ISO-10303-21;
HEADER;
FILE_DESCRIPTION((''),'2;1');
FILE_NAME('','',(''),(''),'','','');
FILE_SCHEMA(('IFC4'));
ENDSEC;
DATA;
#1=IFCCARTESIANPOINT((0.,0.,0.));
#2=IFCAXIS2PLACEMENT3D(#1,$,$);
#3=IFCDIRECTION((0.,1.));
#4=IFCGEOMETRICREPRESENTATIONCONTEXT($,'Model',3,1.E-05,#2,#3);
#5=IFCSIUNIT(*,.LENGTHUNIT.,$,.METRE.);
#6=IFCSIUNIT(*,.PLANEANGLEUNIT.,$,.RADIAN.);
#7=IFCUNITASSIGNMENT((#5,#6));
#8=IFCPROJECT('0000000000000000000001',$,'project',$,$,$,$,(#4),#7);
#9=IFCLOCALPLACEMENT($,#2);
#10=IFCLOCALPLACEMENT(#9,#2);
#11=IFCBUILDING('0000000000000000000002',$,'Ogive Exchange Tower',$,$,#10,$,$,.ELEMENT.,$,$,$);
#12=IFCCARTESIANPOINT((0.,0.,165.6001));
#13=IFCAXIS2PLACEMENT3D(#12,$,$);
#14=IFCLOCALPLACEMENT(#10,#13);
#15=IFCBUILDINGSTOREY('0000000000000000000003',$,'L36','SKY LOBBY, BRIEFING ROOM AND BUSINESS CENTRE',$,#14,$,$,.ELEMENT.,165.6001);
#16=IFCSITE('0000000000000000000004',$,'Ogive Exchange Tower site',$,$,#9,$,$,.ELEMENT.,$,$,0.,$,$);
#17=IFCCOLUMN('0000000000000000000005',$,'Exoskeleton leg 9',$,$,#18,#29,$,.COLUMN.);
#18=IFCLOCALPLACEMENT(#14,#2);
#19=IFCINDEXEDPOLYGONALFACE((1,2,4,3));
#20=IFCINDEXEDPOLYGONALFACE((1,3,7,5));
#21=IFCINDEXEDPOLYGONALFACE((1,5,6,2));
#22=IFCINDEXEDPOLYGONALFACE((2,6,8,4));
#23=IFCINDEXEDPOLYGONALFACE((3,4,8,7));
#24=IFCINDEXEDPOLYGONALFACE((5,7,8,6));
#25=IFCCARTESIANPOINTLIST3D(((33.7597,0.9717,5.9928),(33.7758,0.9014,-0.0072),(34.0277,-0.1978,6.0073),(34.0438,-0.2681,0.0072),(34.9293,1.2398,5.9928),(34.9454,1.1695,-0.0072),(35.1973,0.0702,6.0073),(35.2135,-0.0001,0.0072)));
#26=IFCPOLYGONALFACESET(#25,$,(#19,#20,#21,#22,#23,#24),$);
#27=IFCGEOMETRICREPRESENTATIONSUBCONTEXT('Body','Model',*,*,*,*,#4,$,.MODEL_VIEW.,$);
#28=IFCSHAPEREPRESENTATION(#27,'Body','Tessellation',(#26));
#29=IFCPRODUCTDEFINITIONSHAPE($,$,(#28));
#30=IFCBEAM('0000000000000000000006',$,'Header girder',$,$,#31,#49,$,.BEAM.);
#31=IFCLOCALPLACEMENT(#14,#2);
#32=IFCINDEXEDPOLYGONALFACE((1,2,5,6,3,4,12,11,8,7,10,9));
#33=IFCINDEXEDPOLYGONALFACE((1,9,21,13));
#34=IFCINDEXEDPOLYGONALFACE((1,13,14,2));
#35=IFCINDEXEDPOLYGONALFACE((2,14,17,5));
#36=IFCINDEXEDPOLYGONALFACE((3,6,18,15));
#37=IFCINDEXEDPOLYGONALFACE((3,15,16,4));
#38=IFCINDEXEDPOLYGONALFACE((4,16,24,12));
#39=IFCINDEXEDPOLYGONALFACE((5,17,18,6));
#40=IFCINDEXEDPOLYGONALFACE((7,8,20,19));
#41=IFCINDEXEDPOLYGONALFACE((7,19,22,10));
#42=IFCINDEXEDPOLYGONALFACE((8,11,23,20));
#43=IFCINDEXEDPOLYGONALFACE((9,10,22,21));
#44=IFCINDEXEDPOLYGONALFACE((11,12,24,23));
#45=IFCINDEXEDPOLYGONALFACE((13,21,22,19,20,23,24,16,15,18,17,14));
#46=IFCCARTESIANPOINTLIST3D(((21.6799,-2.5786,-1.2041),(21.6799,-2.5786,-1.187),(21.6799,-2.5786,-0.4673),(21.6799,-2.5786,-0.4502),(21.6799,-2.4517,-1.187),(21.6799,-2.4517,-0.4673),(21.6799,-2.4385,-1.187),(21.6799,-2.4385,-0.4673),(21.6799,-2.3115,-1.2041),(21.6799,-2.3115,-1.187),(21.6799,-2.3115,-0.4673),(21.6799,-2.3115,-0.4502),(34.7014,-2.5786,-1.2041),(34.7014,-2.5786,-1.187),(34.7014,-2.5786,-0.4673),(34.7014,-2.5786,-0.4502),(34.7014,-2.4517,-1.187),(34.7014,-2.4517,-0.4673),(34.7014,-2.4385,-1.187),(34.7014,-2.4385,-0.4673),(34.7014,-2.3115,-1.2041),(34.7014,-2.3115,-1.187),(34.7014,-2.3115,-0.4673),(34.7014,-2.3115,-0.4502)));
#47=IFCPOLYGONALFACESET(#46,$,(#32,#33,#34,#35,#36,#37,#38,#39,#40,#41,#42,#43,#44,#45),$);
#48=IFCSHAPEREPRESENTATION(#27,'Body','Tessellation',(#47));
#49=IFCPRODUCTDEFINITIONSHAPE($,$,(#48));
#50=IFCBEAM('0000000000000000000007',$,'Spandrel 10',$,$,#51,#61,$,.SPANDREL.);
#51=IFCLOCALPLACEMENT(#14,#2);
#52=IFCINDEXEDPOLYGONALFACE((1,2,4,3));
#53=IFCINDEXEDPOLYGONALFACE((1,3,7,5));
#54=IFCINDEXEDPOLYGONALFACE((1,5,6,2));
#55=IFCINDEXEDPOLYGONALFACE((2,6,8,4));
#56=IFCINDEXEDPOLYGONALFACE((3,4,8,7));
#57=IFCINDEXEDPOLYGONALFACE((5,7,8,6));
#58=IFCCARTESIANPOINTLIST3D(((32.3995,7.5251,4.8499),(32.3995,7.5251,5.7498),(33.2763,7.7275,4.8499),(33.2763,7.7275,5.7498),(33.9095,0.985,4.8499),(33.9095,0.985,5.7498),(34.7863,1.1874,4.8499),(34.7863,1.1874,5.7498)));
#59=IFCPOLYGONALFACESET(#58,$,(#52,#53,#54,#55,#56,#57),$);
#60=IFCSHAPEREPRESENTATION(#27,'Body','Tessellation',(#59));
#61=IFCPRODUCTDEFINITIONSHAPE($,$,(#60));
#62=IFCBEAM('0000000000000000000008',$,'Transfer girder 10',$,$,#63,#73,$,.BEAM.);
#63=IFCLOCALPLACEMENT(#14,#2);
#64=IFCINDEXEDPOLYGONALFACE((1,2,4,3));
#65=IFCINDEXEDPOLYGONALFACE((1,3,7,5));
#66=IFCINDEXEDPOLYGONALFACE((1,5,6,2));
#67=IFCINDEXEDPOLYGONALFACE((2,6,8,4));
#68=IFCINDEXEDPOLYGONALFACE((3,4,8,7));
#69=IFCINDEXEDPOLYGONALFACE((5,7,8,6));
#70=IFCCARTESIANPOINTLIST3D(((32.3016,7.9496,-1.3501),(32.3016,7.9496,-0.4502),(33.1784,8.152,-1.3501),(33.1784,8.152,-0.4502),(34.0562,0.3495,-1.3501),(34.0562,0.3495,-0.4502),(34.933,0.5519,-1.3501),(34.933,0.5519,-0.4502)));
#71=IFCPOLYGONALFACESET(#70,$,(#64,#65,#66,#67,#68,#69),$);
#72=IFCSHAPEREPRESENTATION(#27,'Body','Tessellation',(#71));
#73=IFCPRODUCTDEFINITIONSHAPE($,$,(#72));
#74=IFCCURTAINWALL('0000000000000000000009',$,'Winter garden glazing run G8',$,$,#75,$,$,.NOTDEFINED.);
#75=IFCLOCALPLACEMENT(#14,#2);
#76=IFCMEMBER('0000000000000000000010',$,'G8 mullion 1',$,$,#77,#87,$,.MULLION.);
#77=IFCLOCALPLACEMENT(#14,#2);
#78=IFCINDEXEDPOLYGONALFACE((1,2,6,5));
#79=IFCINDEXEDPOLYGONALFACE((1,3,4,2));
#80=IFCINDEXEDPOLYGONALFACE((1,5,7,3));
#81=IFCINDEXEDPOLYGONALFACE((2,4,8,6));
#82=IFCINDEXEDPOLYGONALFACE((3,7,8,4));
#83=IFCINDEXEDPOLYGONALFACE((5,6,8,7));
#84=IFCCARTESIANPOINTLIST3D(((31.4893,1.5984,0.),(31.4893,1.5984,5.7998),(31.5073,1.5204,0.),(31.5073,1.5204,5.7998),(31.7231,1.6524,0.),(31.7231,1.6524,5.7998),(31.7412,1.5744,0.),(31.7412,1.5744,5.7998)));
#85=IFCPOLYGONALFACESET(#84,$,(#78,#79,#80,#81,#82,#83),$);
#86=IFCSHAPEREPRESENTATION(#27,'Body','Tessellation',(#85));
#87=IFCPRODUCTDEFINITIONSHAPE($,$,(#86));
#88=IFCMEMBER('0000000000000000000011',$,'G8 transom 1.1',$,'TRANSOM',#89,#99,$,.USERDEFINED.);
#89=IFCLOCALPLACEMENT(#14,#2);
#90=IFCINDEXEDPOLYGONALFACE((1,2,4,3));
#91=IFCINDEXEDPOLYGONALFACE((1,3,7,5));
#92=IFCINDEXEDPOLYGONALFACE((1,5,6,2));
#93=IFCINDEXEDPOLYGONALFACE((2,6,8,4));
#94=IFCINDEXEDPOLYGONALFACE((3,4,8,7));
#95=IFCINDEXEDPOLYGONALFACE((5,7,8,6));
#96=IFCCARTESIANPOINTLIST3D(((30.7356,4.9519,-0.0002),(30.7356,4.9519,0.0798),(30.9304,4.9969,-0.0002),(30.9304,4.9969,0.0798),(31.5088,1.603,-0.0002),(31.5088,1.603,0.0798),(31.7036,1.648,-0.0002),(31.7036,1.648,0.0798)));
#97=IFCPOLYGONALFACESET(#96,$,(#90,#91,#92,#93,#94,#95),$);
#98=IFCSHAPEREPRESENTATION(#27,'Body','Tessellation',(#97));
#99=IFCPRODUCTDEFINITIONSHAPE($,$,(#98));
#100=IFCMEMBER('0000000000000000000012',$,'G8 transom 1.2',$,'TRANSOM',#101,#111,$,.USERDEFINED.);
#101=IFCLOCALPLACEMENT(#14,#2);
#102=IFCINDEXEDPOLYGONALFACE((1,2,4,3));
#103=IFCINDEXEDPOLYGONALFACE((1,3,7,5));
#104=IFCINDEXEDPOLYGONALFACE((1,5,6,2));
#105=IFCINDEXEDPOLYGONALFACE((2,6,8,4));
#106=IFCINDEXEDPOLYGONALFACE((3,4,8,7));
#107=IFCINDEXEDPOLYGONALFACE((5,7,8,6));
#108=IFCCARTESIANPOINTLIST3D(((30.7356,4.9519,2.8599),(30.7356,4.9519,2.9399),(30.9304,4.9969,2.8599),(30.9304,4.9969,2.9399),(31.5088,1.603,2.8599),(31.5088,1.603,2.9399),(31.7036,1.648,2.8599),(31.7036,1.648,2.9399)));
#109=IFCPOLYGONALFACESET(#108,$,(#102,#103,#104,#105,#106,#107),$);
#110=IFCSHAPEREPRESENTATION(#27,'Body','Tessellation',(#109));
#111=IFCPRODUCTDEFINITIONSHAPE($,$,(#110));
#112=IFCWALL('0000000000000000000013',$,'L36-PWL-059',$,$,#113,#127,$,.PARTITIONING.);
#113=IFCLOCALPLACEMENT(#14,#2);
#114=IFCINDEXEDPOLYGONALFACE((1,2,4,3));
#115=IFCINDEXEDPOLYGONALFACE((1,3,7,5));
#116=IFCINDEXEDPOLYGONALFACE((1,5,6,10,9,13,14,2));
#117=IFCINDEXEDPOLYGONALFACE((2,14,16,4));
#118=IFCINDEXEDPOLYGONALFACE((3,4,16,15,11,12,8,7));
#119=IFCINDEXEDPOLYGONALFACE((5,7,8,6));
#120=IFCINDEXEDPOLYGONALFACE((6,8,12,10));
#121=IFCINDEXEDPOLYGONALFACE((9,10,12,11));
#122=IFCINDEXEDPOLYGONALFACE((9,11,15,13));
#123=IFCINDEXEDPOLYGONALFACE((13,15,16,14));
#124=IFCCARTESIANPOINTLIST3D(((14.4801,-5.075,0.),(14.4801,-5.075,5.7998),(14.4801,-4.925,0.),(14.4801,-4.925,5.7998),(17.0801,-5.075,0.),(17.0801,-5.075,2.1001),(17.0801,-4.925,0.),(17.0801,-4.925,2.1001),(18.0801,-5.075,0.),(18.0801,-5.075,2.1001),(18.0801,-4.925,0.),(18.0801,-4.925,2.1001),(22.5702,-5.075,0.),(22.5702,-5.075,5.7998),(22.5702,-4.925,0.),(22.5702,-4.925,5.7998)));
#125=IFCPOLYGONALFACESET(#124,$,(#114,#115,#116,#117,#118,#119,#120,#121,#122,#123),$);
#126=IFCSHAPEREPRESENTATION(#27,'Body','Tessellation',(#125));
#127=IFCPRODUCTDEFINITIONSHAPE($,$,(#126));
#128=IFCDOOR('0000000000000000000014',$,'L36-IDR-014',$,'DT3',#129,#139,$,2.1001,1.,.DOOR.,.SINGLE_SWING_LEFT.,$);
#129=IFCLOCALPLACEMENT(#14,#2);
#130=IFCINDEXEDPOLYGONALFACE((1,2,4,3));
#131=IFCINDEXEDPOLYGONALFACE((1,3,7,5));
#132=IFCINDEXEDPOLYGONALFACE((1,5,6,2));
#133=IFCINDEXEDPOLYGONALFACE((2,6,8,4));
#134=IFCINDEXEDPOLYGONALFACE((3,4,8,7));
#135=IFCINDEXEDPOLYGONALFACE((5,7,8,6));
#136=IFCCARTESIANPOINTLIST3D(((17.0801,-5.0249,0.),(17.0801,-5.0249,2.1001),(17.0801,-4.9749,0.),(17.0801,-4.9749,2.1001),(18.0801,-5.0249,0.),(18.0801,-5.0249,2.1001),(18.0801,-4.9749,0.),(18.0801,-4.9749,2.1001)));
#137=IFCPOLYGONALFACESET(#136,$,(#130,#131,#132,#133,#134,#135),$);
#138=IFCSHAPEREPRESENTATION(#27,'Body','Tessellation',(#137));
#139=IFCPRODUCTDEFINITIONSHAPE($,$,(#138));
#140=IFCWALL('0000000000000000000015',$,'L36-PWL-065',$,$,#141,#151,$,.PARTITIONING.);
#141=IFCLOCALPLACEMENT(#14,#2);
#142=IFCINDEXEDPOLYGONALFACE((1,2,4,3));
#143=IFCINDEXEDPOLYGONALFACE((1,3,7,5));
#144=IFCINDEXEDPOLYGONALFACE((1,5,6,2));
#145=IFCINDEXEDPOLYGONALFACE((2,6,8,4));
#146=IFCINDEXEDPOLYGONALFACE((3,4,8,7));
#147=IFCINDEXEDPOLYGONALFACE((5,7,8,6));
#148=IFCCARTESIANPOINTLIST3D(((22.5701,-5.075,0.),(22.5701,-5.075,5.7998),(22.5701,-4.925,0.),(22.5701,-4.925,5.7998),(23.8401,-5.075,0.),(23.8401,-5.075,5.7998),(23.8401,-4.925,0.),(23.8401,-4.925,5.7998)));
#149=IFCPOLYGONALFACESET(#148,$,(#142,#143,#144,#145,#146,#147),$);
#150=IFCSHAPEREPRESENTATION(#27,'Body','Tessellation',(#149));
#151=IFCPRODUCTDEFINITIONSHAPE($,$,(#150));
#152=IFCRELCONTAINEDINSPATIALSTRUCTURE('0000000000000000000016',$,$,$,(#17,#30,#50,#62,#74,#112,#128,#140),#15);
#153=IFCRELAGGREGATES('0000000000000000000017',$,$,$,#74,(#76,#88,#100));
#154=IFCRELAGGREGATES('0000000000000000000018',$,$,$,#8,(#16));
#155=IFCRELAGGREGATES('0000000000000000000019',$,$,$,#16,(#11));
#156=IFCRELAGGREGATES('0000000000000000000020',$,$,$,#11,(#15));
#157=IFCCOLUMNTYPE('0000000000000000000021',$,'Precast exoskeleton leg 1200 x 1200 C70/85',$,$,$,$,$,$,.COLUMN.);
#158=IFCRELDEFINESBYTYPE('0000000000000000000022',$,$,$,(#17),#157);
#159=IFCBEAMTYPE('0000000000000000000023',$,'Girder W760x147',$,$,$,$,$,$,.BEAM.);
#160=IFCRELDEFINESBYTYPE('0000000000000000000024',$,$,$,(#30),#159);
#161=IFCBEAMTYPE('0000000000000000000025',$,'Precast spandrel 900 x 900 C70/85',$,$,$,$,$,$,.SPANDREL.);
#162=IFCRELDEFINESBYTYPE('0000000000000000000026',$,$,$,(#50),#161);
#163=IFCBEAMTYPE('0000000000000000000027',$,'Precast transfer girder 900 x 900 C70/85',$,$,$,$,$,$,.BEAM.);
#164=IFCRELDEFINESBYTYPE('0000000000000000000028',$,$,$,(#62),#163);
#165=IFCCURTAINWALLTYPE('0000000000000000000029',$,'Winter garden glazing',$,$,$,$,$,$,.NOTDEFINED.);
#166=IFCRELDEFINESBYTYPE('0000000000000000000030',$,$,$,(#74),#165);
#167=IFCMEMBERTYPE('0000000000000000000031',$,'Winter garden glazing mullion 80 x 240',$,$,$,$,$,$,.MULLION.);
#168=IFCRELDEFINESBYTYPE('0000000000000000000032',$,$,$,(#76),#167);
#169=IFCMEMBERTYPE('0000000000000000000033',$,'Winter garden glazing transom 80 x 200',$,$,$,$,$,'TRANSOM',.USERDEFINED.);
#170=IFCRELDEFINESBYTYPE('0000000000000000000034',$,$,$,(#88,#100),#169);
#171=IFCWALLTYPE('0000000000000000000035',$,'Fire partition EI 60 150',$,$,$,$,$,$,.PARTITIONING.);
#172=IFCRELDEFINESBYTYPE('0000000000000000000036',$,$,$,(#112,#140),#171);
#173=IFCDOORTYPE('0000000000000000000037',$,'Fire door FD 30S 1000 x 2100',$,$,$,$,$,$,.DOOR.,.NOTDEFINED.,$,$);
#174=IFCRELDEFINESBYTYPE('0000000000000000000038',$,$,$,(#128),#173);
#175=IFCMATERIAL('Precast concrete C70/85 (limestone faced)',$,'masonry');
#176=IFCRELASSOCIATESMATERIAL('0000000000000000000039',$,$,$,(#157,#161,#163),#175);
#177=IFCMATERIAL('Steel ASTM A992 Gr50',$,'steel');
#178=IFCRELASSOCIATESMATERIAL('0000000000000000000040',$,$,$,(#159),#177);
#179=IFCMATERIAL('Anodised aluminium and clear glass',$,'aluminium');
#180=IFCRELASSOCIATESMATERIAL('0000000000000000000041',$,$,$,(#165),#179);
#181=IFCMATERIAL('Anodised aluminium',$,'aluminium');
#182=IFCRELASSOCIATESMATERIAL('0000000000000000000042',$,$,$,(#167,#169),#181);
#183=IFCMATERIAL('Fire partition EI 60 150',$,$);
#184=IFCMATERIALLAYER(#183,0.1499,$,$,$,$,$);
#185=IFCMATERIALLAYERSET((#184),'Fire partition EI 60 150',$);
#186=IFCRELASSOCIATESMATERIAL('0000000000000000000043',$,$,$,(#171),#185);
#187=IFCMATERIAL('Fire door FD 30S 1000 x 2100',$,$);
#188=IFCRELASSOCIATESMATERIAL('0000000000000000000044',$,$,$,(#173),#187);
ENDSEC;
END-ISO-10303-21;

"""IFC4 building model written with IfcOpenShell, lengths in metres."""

from ifc_helpers import new_model, si_unit, direction, frame, frame_2d, origin, origin_2d, place, context, subcontext, project, spatial, rectangle, i_section, extrude, material, layer, layer_set, material_profile, profile_set, type_object, element, fill, aggregate, save


model = new_model("IFC4")

# Units and contexts
model_context = context("Model", 3, precision=1e-05, world=origin(), true_north=direction((0.0, 1.0)))
body_context = subcontext(model_context, "Body", "Model", "MODEL_VIEW")
ifc_project = project(units=[si_unit("LENGTHUNIT", "METRE"), si_unit("PLANEANGLEUNIT", "RADIAN")], contexts=[model_context])

# Site, building, storey
site_placement = place(None, origin())
site = spatial("IfcSite", under=ifc_project, at=site_placement, Name="Ogive Exchange Tower site", CompositionType="ELEMENT", RefElevation=0.0)
building_placement = place(site_placement, origin())
building = spatial("IfcBuilding", under=site, at=building_placement, Name="Ogive Exchange Tower", CompositionType="ELEMENT")
storey_placement = place(building_placement, frame((0.0, 0.0, 165.6001)))
storey = spatial("IfcBuildingStorey", under=building, at=storey_placement, Name="L36", Description="SKY LOBBY, BRIEFING ROOM AND BUSINESS CENTRE", CompositionType="ELEMENT", Elevation=165.6001)

# Column
ifc_material_1 = material(Name="Precast concrete C70/85 (limestone faced)", Category="masonry")
ifc_material_profile_1 = material_profile(ifc_material_1, rectangle(XDim=1.2, YDim=1.2, at=origin_2d()), Name="1200 x 1200")
ifc_profile_set_1 = profile_set([ifc_material_profile_1], Name="Precast concrete C70/85 (limestone faced)")
column_type = type_object("IfcColumnType", Name="Precast exoskeleton leg 1200 x 1200 C70/85", PredefinedType="COLUMN", material=ifc_profile_set_1)
column_placement = place(storey_placement, frame((34.4946, 0.4507, 0.0), z_axis=(-0.002685, 0.011718, 0.999928), x_axis=(-0.974732, -0.223376, 0.0)))
element("IfcColumn", 1, at=column_placement, inside=storey, type_object=column_type, Name="Exoskeleton leg 9", PredefinedType="COLUMN", context=body_context, shape_type="SweptSolid", body=[
    extrude(rectangle(XDim=1.2, YDim=1.2, at=origin_2d()), origin(), (0.0, 0.0, 1.0), 6.0005),
])

# Beams
ifc_material_2 = material(Name="Steel ASTM A992 Gr50", Category="steel")
ifc_material_profile_2 = material_profile(ifc_material_2, i_section(OverallWidth=0.2671, OverallDepth=0.7539, WebThickness=0.0132, FlangeThickness=0.0171, at=origin_2d()), Name="W760x147")
ifc_profile_set_2 = profile_set([ifc_material_profile_2], Name="Steel ASTM A992 Gr50")
beam_type_1 = type_object("IfcBeamType", Name="Girder W760x147", PredefinedType="BEAM", material=ifc_profile_set_2)
beam_1_placement = place(storey_placement, frame((21.6799, -2.4451, -0.8271), z_axis=(1.0, 0.0, 0.0), x_axis=(0.0, 1.0, 0.0)))
element("IfcBeam", 2, at=beam_1_placement, inside=storey, type_object=beam_type_1, Name="Header girder", PredefinedType="BEAM", context=body_context, shape_type="SweptSolid", body=[
    extrude(i_section(OverallWidth=0.2671, OverallDepth=0.7539, WebThickness=0.0132, FlangeThickness=0.0171, at=origin_2d()), origin(), (0.0, 0.0, 1.0), 13.0215),
])
ifc_material_profile_3 = material_profile(ifc_material_1, rectangle(XDim=0.8999, YDim=0.8999, at=origin_2d()), Name="900 x 900")
ifc_profile_set_3 = profile_set([ifc_material_profile_3], Name="Precast concrete C70/85 (limestone faced)")
beam_type_2 = type_object("IfcBeamType", Name="Precast spandrel 900 x 900 C70/85", PredefinedType="SPANDREL", material=ifc_profile_set_3)
beam_2_placement = place(storey_placement, frame((34.3479, 1.0862, 5.2998), z_axis=(-0.224968, 0.974366, 0.0), x_axis=(-0.974366, -0.224968, 0.0)))
element("IfcBeam", 3, at=beam_2_placement, inside=storey, type_object=beam_type_2, Name="Spandrel 10", PredefinedType="SPANDREL", context=body_context, shape_type="SweptSolid", body=[
    extrude(rectangle(XDim=0.8999, YDim=0.8999, at=origin_2d()), origin(), (0.0, 0.0, 1.0), 6.7122),
])
ifc_material_profile_4 = material_profile(ifc_material_1, rectangle(XDim=0.8999, YDim=0.8999, at=origin_2d()), Name="900 x 900")
ifc_profile_set_4 = profile_set([ifc_material_profile_4], Name="Precast concrete C70/85 (limestone faced)")
beam_type_3 = type_object("IfcBeamType", Name="Precast transfer girder 900 x 900 C70/85", PredefinedType="BEAM", material=ifc_profile_set_4)
beam_3_placement = place(storey_placement, frame((34.4946, 0.4507, -0.9001), z_axis=(-0.224953, 0.97437, 0.0), x_axis=(-0.97437, -0.224953, 0.0)))
element("IfcBeam", 4, at=beam_3_placement, inside=storey, type_object=beam_type_3, Name="Transfer girder 10", PredefinedType="BEAM", context=body_context, shape_type="SweptSolid", body=[
    extrude(rectangle(XDim=0.8999, YDim=0.8999, at=origin_2d()), origin(), (0.0, 0.0, 1.0), 7.8),
])

# Curtain wall, members
ifc_material_3 = material(Name="Anodised aluminium and clear glass", Category="aluminium")
curtain_wall_type = type_object("IfcCurtainWallType", Name="Winter garden glazing", PredefinedType="NOTDEFINED", material=ifc_material_3)
curtain_wall_placement = place(storey_placement, origin())
curtain_wall = element("IfcCurtainWall", 5, at=curtain_wall_placement, inside=storey, type_object=curtain_wall_type, Name="Winter garden glazing run G8", PredefinedType="NOTDEFINED")
ifc_material_4 = material(Name="Anodised aluminium", Category="aluminium")
ifc_material_profile_5 = material_profile(ifc_material_4, rectangle(XDim=0.24, YDim=0.0801, at=origin_2d()), Name="AL 80x240")
ifc_profile_set_5 = profile_set([ifc_material_profile_5], Name="Anodised aluminium")
member_type_1 = type_object("IfcMemberType", Name="Winter garden glazing mullion 80 x 240", PredefinedType="MULLION", material=ifc_profile_set_5)
member_1_placement = place(storey_placement, frame((31.6152, 1.5864, 0.0), z_axis=(0.0, 0.0, 1.0), x_axis=(-0.974369, -0.224957, 0.0)))
member_1 = element("IfcMember", 6, at=member_1_placement, type_object=member_type_1, Name="G8 mullion 1", PredefinedType="MULLION", context=body_context, shape_type="SweptSolid", body=[
    extrude(rectangle(XDim=0.24, YDim=0.0801, at=origin_2d()), origin(), (0.0, 0.0, 1.0), 5.7998),
])
ifc_material_profile_6 = material_profile(ifc_material_4, rectangle(XDim=0.2, YDim=0.0801, at=origin_2d()), Name="AL 80x200")
ifc_profile_set_6 = profile_set([ifc_material_profile_6], Name="Anodised aluminium")
member_type_2 = type_object("IfcMemberType", Name="Winter garden glazing transom 80 x 200", ElementType="TRANSOM", PredefinedType="USERDEFINED", material=ifc_profile_set_6)
member_2_placement = place(storey_placement, frame((31.6062, 1.6255, 0.0398), z_axis=(-0.224963, 0.974367, 0.0), x_axis=(-0.974367, -0.224963, 0.0)))
member_2 = element("IfcMember", 7, at=member_2_placement, type_object=member_type_2, Name="G8 transom 1.1", ObjectType="TRANSOM", PredefinedType="USERDEFINED", context=body_context, shape_type="SweptSolid", body=[
    extrude(rectangle(XDim=0.2, YDim=0.0801, at=origin_2d()), origin(), (0.0, 0.0, 1.0), 3.437),
])
member_3_placement = place(storey_placement, frame((31.6062, 1.6255, 2.8999), z_axis=(-0.224963, 0.974367, 0.0), x_axis=(-0.974367, -0.224963, 0.0)))
member_3 = element("IfcMember", 8, at=member_3_placement, type_object=member_type_2, Name="G8 transom 1.2", ObjectType="TRANSOM", PredefinedType="USERDEFINED", context=body_context, shape_type="SweptSolid", body=[
    extrude(rectangle(XDim=0.2, YDim=0.0801, at=origin_2d()), origin(), (0.0, 0.0, 1.0), 3.437),
])
aggregate(curtain_wall, [member_1, member_2, member_3])

# Wall, opening, door
ifc_material_5 = material(Name="Fire partition EI 60 150")
ifc_layer_1 = layer(ifc_material_5, 0.1499)
ifc_layer_set_1 = layer_set([ifc_layer_1], Name="Fire partition EI 60 150")
wall_type_1 = type_object("IfcWallType", Name="Fire partition EI 60 150", PredefinedType="PARTITIONING", material=ifc_layer_set_1)
wall_1_placement = place(storey_placement, frame((22.5701, -5.0, 0.0), z_axis=(0.0, 0.0, 1.0), x_axis=(-1.0, 0.0, 0.0)))
wall_1 = element("IfcWall", 9, at=wall_1_placement, inside=storey, type_object=wall_type_1, Name="L36-PWL-059", PredefinedType="PARTITIONING", context=body_context, shape_type="SweptSolid", body=[
    extrude(rectangle(XDim=8.0901, YDim=0.1499, at=frame_2d((4.0449, 0.0))), origin(), (0.0, 0.0, 1.0), 5.7998),
])
opening_1_placement = place(wall_1_placement, frame((4.49, 0.0, 0.0)))
opening_1 = element("IfcOpeningElement", 10, at=opening_1_placement, cuts=wall_1, PredefinedType="OPENING", context=body_context, shape_type="SweptSolid", body=[
    extrude(rectangle(XDim=1.0, YDim=2.1001, at=frame_2d((0.5, 1.05))), frame((0.0, 0.085, 0.0), z_axis=(0.0, -1.0, 0.0), x_axis=(1.0, 0.0, 0.0)), (0.0, 0.0, 1.0), 0.1699),
])
ifc_material_6 = material(Name="Fire door FD 30S 1000 x 2100")
door_type_1 = type_object("IfcDoorType", Name="Fire door FD 30S 1000 x 2100", OperationType="NOTDEFINED", PredefinedType="DOOR", material=ifc_material_6)
door_1_placement = place(opening_1_placement, origin())
door_1 = element("IfcDoor", 11, at=door_1_placement, inside=storey, type_object=door_type_1, Name="L36-IDR-014", ObjectType="DT3", OperationType="SINGLE_SWING_LEFT", OverallHeight=2.1001, OverallWidth=1.0, PredefinedType="DOOR", context=body_context, shape_type="SweptSolid", body=[
    extrude(rectangle(XDim=1.0, YDim=2.1001, at=frame_2d((0.5, 1.05))), frame((0.0, 0.0249, 0.0), z_axis=(0.0, -1.0, 0.0), x_axis=(1.0, 0.0, 0.0)), (0.0, 0.0, 1.0), 0.05),
])
fill(opening_1, door_1)

# Wall
wall_2_placement = place(storey_placement, frame((23.8401, -5.0, 0.0), z_axis=(0.0, 0.0, 1.0), x_axis=(-1.0, 0.0, 0.0)))
element("IfcWall", 12, at=wall_2_placement, inside=storey, type_object=wall_type_1, Name="L36-PWL-065", PredefinedType="PARTITIONING", context=body_context, shape_type="SweptSolid", body=[
    extrude(rectangle(XDim=1.27, YDim=0.1499, at=frame_2d((0.635, 0.0))), origin(), (0.0, 0.0, 1.0), 5.7998),
])

save(model, "model.ifc")
